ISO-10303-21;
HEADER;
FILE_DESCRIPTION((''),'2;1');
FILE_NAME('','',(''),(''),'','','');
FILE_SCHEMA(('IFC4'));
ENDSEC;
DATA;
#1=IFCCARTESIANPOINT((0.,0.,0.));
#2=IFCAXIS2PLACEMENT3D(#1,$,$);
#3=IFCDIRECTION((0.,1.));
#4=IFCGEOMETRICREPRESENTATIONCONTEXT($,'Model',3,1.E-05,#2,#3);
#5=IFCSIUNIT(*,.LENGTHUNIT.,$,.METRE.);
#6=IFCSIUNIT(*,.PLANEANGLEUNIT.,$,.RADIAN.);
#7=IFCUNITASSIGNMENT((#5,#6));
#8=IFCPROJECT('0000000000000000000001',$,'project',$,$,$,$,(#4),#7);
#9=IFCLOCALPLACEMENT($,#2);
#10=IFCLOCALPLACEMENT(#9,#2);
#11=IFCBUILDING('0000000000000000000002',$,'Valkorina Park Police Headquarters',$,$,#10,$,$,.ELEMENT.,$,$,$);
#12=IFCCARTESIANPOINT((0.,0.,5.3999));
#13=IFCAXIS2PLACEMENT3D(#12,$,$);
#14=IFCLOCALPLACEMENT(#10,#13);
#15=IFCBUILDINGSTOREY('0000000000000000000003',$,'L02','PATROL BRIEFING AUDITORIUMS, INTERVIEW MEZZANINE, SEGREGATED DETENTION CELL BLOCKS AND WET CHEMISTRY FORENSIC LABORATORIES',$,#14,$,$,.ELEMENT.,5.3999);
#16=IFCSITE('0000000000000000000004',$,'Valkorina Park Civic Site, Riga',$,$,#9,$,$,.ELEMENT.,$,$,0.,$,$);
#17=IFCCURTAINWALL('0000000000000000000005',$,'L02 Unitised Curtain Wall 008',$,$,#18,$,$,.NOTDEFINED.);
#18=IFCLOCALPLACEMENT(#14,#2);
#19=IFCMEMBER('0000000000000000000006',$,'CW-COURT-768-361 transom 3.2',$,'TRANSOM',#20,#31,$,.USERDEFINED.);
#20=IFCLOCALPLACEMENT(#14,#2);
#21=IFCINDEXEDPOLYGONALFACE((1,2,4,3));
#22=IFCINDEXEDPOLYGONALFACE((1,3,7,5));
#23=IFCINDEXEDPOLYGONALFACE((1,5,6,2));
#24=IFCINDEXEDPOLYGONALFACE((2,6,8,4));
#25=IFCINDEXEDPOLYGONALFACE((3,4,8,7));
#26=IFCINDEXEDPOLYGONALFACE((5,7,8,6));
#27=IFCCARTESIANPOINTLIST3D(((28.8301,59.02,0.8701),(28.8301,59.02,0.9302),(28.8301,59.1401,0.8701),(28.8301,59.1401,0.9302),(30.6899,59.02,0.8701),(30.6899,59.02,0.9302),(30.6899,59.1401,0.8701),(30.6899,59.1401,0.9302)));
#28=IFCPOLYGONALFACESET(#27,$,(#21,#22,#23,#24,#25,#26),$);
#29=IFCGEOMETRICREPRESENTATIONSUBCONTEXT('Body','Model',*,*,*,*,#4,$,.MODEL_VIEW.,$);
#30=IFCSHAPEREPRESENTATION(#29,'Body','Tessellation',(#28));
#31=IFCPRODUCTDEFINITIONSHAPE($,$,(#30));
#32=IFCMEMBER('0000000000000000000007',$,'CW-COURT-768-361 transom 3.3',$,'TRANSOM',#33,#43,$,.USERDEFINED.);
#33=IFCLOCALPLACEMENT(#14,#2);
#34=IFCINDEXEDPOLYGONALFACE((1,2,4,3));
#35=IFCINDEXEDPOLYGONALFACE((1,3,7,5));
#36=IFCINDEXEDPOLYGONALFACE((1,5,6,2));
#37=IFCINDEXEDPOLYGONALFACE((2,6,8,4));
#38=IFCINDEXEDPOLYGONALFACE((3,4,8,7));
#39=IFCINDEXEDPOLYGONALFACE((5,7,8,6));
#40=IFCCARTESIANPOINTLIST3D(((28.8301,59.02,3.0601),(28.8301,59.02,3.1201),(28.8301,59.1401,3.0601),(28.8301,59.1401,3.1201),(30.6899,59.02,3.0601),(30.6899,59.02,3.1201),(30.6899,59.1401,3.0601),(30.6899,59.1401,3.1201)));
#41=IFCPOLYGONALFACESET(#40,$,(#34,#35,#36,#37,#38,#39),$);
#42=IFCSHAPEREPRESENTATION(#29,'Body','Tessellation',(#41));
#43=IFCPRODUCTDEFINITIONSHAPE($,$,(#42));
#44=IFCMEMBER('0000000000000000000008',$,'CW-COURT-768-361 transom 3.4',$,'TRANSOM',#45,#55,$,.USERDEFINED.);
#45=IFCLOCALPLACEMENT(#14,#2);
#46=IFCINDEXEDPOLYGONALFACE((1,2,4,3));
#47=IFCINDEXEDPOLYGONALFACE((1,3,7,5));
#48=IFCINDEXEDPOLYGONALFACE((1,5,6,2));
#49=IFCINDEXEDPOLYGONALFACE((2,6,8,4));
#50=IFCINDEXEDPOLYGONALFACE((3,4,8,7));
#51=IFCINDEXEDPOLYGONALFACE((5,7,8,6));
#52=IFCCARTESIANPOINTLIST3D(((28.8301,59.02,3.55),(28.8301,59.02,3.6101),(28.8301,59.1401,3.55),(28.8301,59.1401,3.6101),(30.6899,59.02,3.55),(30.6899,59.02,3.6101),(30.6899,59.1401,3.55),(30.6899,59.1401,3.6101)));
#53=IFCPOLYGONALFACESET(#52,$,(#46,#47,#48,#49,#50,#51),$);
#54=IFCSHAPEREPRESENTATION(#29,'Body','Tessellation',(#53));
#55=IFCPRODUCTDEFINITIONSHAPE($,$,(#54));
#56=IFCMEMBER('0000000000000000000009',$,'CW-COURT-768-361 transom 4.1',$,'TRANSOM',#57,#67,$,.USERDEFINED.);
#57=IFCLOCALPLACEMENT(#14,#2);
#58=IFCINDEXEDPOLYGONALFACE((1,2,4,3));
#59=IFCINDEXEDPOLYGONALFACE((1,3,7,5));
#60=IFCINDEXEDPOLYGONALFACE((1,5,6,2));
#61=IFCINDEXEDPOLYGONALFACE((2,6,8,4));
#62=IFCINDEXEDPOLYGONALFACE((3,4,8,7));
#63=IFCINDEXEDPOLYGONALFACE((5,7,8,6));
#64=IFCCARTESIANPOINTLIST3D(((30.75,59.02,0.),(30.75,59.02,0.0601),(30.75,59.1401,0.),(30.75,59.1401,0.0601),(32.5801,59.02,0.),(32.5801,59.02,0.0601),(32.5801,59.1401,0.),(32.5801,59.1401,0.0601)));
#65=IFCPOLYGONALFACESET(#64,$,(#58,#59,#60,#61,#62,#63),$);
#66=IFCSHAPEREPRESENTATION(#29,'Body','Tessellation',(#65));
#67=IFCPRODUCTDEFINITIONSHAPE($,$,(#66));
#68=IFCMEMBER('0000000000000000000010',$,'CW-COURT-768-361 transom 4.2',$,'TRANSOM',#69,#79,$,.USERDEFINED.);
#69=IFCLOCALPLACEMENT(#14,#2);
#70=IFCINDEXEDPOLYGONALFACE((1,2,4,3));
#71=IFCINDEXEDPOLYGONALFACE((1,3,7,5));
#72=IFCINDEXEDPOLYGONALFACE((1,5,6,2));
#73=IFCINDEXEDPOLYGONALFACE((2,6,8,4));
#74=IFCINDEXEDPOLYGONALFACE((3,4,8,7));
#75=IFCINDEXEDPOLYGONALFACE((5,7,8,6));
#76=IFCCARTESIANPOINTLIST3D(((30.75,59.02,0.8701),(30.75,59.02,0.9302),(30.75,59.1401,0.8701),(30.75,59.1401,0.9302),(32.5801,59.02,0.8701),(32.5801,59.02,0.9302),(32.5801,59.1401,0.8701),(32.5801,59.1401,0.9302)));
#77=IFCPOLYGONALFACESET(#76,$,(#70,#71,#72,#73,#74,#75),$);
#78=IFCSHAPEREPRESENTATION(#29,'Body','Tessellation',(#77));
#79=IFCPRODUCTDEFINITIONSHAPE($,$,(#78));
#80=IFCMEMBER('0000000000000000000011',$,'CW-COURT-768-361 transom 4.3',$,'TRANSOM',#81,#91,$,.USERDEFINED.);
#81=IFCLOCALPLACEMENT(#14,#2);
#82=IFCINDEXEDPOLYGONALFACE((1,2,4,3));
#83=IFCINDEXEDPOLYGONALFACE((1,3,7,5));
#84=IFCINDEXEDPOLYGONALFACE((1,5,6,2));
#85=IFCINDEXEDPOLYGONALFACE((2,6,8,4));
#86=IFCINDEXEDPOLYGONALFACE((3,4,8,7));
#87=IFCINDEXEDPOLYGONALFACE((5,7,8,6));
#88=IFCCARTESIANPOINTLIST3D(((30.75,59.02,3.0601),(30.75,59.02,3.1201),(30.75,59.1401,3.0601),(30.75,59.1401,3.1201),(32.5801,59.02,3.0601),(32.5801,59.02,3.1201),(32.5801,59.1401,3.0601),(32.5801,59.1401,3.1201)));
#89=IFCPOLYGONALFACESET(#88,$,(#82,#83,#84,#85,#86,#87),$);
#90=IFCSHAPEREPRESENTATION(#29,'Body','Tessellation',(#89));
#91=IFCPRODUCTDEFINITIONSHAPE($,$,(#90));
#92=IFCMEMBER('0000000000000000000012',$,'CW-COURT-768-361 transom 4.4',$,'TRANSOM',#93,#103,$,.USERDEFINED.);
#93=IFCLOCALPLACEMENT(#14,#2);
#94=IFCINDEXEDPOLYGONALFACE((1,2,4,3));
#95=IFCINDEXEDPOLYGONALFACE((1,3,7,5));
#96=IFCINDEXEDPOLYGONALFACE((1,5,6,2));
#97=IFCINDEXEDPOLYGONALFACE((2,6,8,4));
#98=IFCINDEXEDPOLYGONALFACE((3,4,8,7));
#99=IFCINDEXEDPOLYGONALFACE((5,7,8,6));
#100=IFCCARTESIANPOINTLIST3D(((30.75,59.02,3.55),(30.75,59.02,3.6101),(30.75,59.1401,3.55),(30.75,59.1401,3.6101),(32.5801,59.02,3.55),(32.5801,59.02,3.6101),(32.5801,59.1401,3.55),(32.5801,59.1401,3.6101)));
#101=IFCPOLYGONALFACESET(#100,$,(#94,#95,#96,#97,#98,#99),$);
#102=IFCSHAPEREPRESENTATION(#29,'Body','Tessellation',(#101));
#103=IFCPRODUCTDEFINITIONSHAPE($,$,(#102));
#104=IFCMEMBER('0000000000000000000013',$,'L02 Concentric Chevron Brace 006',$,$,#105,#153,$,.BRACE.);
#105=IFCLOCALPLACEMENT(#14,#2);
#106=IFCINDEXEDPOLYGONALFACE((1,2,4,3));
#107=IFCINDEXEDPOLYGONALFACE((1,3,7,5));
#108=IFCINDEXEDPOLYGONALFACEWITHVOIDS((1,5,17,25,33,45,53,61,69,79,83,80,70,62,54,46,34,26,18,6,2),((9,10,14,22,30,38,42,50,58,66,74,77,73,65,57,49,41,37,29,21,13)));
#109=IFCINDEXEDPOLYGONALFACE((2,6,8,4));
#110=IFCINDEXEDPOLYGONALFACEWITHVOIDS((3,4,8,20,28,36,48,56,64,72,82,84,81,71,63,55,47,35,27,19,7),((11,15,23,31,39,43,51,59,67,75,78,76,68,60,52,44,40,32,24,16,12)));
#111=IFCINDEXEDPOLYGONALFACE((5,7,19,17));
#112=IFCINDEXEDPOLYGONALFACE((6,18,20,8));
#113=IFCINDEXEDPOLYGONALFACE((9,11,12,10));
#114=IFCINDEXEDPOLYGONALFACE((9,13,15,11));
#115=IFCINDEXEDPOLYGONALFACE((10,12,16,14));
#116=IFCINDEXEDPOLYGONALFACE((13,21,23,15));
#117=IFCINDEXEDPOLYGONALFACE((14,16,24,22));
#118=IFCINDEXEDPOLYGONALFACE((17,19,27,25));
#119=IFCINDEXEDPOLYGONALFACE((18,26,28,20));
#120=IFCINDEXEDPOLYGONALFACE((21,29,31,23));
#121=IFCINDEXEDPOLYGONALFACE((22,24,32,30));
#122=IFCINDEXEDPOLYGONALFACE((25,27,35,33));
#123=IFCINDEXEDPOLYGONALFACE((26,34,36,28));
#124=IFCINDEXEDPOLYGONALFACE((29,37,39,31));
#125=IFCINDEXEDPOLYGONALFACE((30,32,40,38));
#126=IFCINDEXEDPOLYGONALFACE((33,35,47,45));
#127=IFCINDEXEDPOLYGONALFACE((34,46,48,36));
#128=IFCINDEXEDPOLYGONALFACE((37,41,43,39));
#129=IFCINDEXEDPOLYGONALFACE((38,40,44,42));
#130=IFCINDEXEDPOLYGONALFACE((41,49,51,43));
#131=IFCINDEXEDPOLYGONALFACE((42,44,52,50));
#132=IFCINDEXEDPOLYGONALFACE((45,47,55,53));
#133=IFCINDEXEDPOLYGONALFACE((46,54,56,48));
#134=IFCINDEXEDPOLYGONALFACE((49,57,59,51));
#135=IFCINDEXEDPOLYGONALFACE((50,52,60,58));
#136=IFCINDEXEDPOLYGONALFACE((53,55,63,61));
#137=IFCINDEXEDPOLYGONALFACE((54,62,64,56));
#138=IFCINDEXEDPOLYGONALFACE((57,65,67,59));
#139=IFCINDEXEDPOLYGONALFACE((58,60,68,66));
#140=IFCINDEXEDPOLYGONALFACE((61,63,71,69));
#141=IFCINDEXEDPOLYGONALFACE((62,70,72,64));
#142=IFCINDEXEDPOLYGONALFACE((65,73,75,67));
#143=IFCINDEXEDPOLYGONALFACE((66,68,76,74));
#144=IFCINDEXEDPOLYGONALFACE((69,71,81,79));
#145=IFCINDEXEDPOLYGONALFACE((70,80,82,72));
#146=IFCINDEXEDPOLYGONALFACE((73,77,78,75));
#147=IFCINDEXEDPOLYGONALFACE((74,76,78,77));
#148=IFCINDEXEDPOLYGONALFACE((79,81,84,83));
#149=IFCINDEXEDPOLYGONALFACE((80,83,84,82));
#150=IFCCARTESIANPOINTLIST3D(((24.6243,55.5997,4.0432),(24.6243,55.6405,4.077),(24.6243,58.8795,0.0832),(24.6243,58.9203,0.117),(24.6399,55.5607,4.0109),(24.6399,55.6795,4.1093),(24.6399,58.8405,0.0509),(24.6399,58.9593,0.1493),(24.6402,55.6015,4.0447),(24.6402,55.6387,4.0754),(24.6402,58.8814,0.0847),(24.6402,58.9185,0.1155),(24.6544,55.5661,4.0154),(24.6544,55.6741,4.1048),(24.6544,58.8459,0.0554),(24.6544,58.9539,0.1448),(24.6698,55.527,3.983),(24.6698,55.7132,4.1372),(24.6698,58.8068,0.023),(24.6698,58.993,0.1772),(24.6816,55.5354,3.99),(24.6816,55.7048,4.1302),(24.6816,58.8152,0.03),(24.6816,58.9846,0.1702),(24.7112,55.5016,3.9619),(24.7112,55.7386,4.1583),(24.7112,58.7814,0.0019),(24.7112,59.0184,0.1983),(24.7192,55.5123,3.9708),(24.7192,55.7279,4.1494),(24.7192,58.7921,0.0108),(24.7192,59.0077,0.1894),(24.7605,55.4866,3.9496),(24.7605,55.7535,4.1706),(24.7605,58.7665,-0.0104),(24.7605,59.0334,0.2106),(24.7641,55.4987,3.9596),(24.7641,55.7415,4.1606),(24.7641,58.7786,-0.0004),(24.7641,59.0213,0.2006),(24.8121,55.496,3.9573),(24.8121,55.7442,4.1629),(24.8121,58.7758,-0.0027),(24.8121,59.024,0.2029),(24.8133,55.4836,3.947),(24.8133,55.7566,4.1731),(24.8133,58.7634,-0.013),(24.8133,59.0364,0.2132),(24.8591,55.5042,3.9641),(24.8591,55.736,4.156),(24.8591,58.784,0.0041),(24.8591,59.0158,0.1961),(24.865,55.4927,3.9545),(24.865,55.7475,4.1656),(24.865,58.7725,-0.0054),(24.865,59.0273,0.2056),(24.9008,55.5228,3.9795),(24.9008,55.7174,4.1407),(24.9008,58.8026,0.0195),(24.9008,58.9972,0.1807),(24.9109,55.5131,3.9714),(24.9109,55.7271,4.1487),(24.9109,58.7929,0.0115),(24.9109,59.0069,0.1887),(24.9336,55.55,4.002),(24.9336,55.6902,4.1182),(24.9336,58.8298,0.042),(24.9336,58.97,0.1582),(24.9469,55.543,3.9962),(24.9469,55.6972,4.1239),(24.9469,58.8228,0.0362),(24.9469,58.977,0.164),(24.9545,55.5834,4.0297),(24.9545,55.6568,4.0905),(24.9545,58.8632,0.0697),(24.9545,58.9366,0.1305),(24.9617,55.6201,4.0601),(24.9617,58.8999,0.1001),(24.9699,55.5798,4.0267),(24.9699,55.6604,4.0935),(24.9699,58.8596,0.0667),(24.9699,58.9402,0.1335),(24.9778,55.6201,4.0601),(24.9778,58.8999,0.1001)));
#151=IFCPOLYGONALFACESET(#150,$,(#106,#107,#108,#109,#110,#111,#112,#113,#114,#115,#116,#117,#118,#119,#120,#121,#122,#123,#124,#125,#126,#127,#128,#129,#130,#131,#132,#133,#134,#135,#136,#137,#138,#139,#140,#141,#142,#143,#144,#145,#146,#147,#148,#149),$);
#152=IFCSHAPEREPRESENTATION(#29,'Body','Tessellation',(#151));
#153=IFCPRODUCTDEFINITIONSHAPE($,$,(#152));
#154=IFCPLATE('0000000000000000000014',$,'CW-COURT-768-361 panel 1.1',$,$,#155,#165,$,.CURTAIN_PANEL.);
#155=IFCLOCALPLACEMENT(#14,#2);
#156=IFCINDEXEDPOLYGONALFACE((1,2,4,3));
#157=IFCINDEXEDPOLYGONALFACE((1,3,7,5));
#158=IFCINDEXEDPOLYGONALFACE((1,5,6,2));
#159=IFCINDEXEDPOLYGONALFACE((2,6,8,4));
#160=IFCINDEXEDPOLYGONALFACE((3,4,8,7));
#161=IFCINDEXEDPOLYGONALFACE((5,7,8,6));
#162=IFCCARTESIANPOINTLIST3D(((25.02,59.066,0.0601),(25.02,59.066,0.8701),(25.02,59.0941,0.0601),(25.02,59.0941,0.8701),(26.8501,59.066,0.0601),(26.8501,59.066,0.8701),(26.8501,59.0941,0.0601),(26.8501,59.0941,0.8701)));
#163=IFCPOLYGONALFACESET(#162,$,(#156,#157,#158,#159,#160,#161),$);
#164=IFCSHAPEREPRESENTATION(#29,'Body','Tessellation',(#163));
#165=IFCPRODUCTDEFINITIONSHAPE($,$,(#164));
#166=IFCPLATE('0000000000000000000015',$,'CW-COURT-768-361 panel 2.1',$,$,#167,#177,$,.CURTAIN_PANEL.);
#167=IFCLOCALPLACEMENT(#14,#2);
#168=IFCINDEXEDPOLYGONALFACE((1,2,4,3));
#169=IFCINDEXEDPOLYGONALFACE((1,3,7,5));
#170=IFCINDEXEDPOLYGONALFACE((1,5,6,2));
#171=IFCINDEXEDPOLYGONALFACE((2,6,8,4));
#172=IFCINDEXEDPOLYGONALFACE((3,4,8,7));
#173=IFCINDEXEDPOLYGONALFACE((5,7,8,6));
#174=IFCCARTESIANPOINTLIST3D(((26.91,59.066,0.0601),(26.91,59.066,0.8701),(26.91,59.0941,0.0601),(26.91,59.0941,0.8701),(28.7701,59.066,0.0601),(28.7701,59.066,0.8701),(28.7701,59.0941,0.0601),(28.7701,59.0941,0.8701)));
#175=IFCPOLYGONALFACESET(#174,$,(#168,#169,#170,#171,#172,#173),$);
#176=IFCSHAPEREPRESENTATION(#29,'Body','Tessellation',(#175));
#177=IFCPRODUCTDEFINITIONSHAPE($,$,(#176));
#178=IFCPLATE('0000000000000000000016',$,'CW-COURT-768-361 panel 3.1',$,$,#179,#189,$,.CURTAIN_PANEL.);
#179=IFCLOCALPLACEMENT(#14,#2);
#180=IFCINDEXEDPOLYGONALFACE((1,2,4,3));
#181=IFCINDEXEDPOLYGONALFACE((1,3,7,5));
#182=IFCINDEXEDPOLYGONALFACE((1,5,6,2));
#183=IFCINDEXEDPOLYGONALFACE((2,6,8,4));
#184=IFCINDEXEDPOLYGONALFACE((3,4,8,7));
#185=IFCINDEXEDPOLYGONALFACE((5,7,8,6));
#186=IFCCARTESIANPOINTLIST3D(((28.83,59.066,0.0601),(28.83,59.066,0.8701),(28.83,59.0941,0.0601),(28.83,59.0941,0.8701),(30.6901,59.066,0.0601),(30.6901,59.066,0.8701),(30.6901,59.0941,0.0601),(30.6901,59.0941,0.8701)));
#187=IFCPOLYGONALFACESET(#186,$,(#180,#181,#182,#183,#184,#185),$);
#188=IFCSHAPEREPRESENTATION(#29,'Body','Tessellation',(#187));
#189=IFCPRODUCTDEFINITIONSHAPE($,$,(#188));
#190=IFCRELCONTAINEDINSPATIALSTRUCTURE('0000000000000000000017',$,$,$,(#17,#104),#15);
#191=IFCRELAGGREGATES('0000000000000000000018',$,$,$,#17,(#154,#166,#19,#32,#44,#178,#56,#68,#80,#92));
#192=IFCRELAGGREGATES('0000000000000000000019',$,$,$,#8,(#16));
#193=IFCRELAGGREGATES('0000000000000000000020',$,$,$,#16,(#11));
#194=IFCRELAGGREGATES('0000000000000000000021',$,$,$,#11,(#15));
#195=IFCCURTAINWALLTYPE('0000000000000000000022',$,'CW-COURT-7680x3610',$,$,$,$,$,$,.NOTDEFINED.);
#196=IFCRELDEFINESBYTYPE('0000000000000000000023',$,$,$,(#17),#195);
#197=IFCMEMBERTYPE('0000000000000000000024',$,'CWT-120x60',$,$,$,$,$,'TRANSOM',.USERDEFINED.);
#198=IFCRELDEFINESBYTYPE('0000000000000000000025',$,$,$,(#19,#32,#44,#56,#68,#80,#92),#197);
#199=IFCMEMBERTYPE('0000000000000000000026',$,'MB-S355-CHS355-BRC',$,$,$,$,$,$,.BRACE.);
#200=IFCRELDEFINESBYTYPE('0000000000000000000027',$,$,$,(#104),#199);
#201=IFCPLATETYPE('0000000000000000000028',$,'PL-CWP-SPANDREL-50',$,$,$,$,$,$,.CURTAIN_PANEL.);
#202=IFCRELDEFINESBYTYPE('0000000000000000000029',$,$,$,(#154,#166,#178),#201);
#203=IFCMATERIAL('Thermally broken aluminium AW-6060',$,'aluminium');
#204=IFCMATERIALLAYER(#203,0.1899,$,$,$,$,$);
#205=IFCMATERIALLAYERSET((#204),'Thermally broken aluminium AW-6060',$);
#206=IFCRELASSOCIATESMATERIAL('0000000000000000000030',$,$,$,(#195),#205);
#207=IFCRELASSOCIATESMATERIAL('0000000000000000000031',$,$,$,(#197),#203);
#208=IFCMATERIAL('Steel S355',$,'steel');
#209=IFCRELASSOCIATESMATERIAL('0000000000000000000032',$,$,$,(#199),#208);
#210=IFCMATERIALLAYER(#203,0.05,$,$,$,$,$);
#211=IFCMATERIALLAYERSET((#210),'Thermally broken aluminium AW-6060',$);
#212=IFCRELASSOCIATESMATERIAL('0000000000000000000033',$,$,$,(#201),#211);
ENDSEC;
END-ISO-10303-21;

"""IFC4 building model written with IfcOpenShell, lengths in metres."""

from ifc_helpers import new_model, si_unit, direction, frame, origin, origin_2d, place, context, subcontext, project, spatial, rectangle, hollow_circle, extrude, material, layer, layer_set, material_profile, profile_set, type_object, element, aggregate, save


model = new_model("IFC4")

# Units and contexts
model_context = context("Model", 3, precision=1e-05, world=origin(), true_north=direction((0.0, 1.0)))
body_context = subcontext(model_context, "Body", "Model", "MODEL_VIEW")
ifc_project = project(units=[si_unit("LENGTHUNIT", "METRE"), si_unit("PLANEANGLEUNIT", "RADIAN")], contexts=[model_context])

# Site, building, storey
site_placement = place(None, origin())
site = spatial("IfcSite", under=ifc_project, at=site_placement, Name="Valkorina Park Civic Site, Riga", CompositionType="ELEMENT", RefElevation=0.0)
building_placement = place(site_placement, origin())
building = spatial("IfcBuilding", under=site, at=building_placement, Name="Valkorina Park Police Headquarters", CompositionType="ELEMENT")
storey_placement = place(building_placement, frame((0.0, 0.0, 5.3999)))
storey = spatial("IfcBuildingStorey", under=building, at=storey_placement, Name="L02", Description="PATROL BRIEFING AUDITORIUMS, INTERVIEW MEZZANINE, SEGREGATED DETENTION CELL BLOCKS AND WET CHEMISTRY FORENSIC LABORATORIES", CompositionType="ELEMENT", Elevation=5.3999)

# Shared definitions
ifc_material_1 = material(Name="Thermally broken aluminium AW-6060", Category="aluminium")

# Curtain wall, members
ifc_layer_1 = layer(ifc_material_1, 0.1899)
ifc_layer_set_1 = layer_set([ifc_layer_1], Name="Thermally broken aluminium AW-6060")
curtain_wall_type_1 = type_object("IfcCurtainWallType", Name="CW-COURT-7680x3610", PredefinedType="NOTDEFINED", material=ifc_layer_set_1)
curtain_wall_1_placement = place(storey_placement, origin())
curtain_wall_1 = element("IfcCurtainWall", 1, at=curtain_wall_1_placement, inside=storey, type_object=curtain_wall_type_1, Name="L02 Unitised Curtain Wall 008", PredefinedType="NOTDEFINED")
ifc_material_profile_1 = material_profile(ifc_material_1, rectangle(XDim=0.1201, YDim=0.0601, at=origin_2d()), Name="CWT-01 120x60")
ifc_profile_set_1 = profile_set([ifc_material_profile_1], Name="Thermally broken aluminium AW-6060")
member_type_1 = type_object("IfcMemberType", Name="CWT-120x60", ElementType="TRANSOM", PredefinedType="USERDEFINED", material=ifc_profile_set_1)
member_1_placement = place(storey_placement, frame((28.8301, 59.0801, 0.9001), z_axis=(1.0, 0.0, 0.0), x_axis=(0.0, 1.0, 0.0)))
member_1 = element("IfcMember", 2, at=member_1_placement, type_object=member_type_1, Name="CW-COURT-768-361 transom 3.2", ObjectType="TRANSOM", PredefinedType="USERDEFINED", context=body_context, shape_type="SweptSolid", body=[
    extrude(rectangle(XDim=0.1201, YDim=0.0601, at=origin_2d()), origin(), (0.0, 0.0, 1.0), 1.8599),
])
member_2_placement = place(storey_placement, frame((28.8301, 59.0801, 3.0901), z_axis=(1.0, 0.0, 0.0), x_axis=(0.0, 1.0, 0.0)))
member_2 = element("IfcMember", 3, at=member_2_placement, type_object=member_type_1, Name="CW-COURT-768-361 transom 3.3", ObjectType="TRANSOM", PredefinedType="USERDEFINED", context=body_context, shape_type="SweptSolid", body=[
    extrude(rectangle(XDim=0.1201, YDim=0.0601, at=origin_2d()), origin(), (0.0, 0.0, 1.0), 1.8599),
])
member_3_placement = place(storey_placement, frame((28.8301, 59.0801, 3.5801), z_axis=(1.0, 0.0, 0.0), x_axis=(0.0, 1.0, 0.0)))
member_3 = element("IfcMember", 4, at=member_3_placement, type_object=member_type_1, Name="CW-COURT-768-361 transom 3.4", ObjectType="TRANSOM", PredefinedType="USERDEFINED", context=body_context, shape_type="SweptSolid", body=[
    extrude(rectangle(XDim=0.1201, YDim=0.0601, at=origin_2d()), origin(), (0.0, 0.0, 1.0), 1.8599),
])
member_4_placement = place(storey_placement, frame((30.75, 59.0801, 0.03), z_axis=(1.0, 0.0, 0.0), x_axis=(0.0, 1.0, 0.0)))
member_4 = element("IfcMember", 5, at=member_4_placement, type_object=member_type_1, Name="CW-COURT-768-361 transom 4.1", ObjectType="TRANSOM", PredefinedType="USERDEFINED", context=body_context, shape_type="SweptSolid", body=[
    extrude(rectangle(XDim=0.1201, YDim=0.0601, at=origin_2d()), origin(), (0.0, 0.0, 1.0), 1.8301),
])
member_5_placement = place(storey_placement, frame((30.75, 59.0801, 0.9001), z_axis=(1.0, 0.0, 0.0), x_axis=(0.0, 1.0, 0.0)))
member_5 = element("IfcMember", 6, at=member_5_placement, type_object=member_type_1, Name="CW-COURT-768-361 transom 4.2", ObjectType="TRANSOM", PredefinedType="USERDEFINED", context=body_context, shape_type="SweptSolid", body=[
    extrude(rectangle(XDim=0.1201, YDim=0.0601, at=origin_2d()), origin(), (0.0, 0.0, 1.0), 1.8301),
])
member_6_placement = place(storey_placement, frame((30.75, 59.0801, 3.0901), z_axis=(1.0, 0.0, 0.0), x_axis=(0.0, 1.0, 0.0)))
member_6 = element("IfcMember", 7, at=member_6_placement, type_object=member_type_1, Name="CW-COURT-768-361 transom 4.3", ObjectType="TRANSOM", PredefinedType="USERDEFINED", context=body_context, shape_type="SweptSolid", body=[
    extrude(rectangle(XDim=0.1201, YDim=0.0601, at=origin_2d()), origin(), (0.0, 0.0, 1.0), 1.8301),
])
member_7_placement = place(storey_placement, frame((30.75, 59.0801, 3.5801), z_axis=(1.0, 0.0, 0.0), x_axis=(0.0, 1.0, 0.0)))
member_7 = element("IfcMember", 8, at=member_7_placement, type_object=member_type_1, Name="CW-COURT-768-361 transom 4.4", ObjectType="TRANSOM", PredefinedType="USERDEFINED", context=body_context, shape_type="SweptSolid", body=[
    extrude(rectangle(XDim=0.1201, YDim=0.0601, at=origin_2d()), origin(), (0.0, 0.0, 1.0), 1.8301),
])

# Member
ifc_material_2 = material(Name="Steel S355", Category="steel")
ifc_material_profile_2 = material_profile(ifc_material_2, hollow_circle(Radius=0.1777, WallThickness=0.0161, at=origin_2d()), Name="CHS 355.6x16")
ifc_profile_set_2 = profile_set([ifc_material_profile_2], Name="Steel S355")
member_type_2 = type_object("IfcMemberType", Name="MB-S355-CHS355-BRC", PredefinedType="BRACE", material=ifc_profile_set_2)
member_8_placement = place(storey_placement, frame((24.8, 58.8999, 0.1001), z_axis=(0.0, -0.637865, 0.770148), x_axis=(1.0, 0.0, 0.0)))
element("IfcMember", 9, at=member_8_placement, inside=storey, type_object=member_type_2, Name="L02 Concentric Chevron Brace 006", PredefinedType="BRACE", context=body_context, shape_type="SweptSolid", body=[
    extrude(hollow_circle(Radius=0.1777, WallThickness=0.0161, at=origin_2d()), origin(), (0.0, 0.0, 1.0), 5.1418),
])

# Plates
ifc_layer_2 = layer(ifc_material_1, 0.05)
ifc_layer_set_2 = layer_set([ifc_layer_2], Name="Thermally broken aluminium AW-6060")
plate_type_1 = type_object("IfcPlateType", Name="PL-CWP-SPANDREL-50", PredefinedType="CURTAIN_PANEL", material=ifc_layer_set_2)
plate_1_placement = place(storey_placement, frame((25.9351, 59.0801, 0.0601), z_axis=(0.0, 0.0, 1.0), x_axis=(1.0, 0.0, 0.0)))
plate_1 = element("IfcPlate", 10, at=plate_1_placement, type_object=plate_type_1, Name="CW-COURT-768-361 panel 1.1", PredefinedType="CURTAIN_PANEL", context=body_context, shape_type="SweptSolid", body=[
    extrude(rectangle(XDim=1.8301, YDim=0.0281, at=origin_2d()), origin(), (0.0, 0.0, 1.0), 0.8101),
])
plate_2_placement = place(storey_placement, frame((27.8401, 59.0801, 0.0601), z_axis=(0.0, 0.0, 1.0), x_axis=(1.0, 0.0, 0.0)))
plate_2 = element("IfcPlate", 11, at=plate_2_placement, type_object=plate_type_1, Name="CW-COURT-768-361 panel 2.1", PredefinedType="CURTAIN_PANEL", context=body_context, shape_type="SweptSolid", body=[
    extrude(rectangle(XDim=1.8601, YDim=0.0281, at=origin_2d()), origin(), (0.0, 0.0, 1.0), 0.8101),
])
plate_3_placement = place(storey_placement, frame((29.76, 59.0801, 0.0601), z_axis=(0.0, 0.0, 1.0), x_axis=(1.0, 0.0, 0.0)))
plate_3 = element("IfcPlate", 12, at=plate_3_placement, type_object=plate_type_1, Name="CW-COURT-768-361 panel 3.1", PredefinedType="CURTAIN_PANEL", context=body_context, shape_type="SweptSolid", body=[
    extrude(rectangle(XDim=1.8601, YDim=0.0281, at=origin_2d()), origin(), (0.0, 0.0, 1.0), 0.8101),
])
aggregate(curtain_wall_1, [plate_1, plate_2, member_1, member_2, member_3, plate_3, member_4, member_5, member_6, member_7])

save(model, "model.ifc")
